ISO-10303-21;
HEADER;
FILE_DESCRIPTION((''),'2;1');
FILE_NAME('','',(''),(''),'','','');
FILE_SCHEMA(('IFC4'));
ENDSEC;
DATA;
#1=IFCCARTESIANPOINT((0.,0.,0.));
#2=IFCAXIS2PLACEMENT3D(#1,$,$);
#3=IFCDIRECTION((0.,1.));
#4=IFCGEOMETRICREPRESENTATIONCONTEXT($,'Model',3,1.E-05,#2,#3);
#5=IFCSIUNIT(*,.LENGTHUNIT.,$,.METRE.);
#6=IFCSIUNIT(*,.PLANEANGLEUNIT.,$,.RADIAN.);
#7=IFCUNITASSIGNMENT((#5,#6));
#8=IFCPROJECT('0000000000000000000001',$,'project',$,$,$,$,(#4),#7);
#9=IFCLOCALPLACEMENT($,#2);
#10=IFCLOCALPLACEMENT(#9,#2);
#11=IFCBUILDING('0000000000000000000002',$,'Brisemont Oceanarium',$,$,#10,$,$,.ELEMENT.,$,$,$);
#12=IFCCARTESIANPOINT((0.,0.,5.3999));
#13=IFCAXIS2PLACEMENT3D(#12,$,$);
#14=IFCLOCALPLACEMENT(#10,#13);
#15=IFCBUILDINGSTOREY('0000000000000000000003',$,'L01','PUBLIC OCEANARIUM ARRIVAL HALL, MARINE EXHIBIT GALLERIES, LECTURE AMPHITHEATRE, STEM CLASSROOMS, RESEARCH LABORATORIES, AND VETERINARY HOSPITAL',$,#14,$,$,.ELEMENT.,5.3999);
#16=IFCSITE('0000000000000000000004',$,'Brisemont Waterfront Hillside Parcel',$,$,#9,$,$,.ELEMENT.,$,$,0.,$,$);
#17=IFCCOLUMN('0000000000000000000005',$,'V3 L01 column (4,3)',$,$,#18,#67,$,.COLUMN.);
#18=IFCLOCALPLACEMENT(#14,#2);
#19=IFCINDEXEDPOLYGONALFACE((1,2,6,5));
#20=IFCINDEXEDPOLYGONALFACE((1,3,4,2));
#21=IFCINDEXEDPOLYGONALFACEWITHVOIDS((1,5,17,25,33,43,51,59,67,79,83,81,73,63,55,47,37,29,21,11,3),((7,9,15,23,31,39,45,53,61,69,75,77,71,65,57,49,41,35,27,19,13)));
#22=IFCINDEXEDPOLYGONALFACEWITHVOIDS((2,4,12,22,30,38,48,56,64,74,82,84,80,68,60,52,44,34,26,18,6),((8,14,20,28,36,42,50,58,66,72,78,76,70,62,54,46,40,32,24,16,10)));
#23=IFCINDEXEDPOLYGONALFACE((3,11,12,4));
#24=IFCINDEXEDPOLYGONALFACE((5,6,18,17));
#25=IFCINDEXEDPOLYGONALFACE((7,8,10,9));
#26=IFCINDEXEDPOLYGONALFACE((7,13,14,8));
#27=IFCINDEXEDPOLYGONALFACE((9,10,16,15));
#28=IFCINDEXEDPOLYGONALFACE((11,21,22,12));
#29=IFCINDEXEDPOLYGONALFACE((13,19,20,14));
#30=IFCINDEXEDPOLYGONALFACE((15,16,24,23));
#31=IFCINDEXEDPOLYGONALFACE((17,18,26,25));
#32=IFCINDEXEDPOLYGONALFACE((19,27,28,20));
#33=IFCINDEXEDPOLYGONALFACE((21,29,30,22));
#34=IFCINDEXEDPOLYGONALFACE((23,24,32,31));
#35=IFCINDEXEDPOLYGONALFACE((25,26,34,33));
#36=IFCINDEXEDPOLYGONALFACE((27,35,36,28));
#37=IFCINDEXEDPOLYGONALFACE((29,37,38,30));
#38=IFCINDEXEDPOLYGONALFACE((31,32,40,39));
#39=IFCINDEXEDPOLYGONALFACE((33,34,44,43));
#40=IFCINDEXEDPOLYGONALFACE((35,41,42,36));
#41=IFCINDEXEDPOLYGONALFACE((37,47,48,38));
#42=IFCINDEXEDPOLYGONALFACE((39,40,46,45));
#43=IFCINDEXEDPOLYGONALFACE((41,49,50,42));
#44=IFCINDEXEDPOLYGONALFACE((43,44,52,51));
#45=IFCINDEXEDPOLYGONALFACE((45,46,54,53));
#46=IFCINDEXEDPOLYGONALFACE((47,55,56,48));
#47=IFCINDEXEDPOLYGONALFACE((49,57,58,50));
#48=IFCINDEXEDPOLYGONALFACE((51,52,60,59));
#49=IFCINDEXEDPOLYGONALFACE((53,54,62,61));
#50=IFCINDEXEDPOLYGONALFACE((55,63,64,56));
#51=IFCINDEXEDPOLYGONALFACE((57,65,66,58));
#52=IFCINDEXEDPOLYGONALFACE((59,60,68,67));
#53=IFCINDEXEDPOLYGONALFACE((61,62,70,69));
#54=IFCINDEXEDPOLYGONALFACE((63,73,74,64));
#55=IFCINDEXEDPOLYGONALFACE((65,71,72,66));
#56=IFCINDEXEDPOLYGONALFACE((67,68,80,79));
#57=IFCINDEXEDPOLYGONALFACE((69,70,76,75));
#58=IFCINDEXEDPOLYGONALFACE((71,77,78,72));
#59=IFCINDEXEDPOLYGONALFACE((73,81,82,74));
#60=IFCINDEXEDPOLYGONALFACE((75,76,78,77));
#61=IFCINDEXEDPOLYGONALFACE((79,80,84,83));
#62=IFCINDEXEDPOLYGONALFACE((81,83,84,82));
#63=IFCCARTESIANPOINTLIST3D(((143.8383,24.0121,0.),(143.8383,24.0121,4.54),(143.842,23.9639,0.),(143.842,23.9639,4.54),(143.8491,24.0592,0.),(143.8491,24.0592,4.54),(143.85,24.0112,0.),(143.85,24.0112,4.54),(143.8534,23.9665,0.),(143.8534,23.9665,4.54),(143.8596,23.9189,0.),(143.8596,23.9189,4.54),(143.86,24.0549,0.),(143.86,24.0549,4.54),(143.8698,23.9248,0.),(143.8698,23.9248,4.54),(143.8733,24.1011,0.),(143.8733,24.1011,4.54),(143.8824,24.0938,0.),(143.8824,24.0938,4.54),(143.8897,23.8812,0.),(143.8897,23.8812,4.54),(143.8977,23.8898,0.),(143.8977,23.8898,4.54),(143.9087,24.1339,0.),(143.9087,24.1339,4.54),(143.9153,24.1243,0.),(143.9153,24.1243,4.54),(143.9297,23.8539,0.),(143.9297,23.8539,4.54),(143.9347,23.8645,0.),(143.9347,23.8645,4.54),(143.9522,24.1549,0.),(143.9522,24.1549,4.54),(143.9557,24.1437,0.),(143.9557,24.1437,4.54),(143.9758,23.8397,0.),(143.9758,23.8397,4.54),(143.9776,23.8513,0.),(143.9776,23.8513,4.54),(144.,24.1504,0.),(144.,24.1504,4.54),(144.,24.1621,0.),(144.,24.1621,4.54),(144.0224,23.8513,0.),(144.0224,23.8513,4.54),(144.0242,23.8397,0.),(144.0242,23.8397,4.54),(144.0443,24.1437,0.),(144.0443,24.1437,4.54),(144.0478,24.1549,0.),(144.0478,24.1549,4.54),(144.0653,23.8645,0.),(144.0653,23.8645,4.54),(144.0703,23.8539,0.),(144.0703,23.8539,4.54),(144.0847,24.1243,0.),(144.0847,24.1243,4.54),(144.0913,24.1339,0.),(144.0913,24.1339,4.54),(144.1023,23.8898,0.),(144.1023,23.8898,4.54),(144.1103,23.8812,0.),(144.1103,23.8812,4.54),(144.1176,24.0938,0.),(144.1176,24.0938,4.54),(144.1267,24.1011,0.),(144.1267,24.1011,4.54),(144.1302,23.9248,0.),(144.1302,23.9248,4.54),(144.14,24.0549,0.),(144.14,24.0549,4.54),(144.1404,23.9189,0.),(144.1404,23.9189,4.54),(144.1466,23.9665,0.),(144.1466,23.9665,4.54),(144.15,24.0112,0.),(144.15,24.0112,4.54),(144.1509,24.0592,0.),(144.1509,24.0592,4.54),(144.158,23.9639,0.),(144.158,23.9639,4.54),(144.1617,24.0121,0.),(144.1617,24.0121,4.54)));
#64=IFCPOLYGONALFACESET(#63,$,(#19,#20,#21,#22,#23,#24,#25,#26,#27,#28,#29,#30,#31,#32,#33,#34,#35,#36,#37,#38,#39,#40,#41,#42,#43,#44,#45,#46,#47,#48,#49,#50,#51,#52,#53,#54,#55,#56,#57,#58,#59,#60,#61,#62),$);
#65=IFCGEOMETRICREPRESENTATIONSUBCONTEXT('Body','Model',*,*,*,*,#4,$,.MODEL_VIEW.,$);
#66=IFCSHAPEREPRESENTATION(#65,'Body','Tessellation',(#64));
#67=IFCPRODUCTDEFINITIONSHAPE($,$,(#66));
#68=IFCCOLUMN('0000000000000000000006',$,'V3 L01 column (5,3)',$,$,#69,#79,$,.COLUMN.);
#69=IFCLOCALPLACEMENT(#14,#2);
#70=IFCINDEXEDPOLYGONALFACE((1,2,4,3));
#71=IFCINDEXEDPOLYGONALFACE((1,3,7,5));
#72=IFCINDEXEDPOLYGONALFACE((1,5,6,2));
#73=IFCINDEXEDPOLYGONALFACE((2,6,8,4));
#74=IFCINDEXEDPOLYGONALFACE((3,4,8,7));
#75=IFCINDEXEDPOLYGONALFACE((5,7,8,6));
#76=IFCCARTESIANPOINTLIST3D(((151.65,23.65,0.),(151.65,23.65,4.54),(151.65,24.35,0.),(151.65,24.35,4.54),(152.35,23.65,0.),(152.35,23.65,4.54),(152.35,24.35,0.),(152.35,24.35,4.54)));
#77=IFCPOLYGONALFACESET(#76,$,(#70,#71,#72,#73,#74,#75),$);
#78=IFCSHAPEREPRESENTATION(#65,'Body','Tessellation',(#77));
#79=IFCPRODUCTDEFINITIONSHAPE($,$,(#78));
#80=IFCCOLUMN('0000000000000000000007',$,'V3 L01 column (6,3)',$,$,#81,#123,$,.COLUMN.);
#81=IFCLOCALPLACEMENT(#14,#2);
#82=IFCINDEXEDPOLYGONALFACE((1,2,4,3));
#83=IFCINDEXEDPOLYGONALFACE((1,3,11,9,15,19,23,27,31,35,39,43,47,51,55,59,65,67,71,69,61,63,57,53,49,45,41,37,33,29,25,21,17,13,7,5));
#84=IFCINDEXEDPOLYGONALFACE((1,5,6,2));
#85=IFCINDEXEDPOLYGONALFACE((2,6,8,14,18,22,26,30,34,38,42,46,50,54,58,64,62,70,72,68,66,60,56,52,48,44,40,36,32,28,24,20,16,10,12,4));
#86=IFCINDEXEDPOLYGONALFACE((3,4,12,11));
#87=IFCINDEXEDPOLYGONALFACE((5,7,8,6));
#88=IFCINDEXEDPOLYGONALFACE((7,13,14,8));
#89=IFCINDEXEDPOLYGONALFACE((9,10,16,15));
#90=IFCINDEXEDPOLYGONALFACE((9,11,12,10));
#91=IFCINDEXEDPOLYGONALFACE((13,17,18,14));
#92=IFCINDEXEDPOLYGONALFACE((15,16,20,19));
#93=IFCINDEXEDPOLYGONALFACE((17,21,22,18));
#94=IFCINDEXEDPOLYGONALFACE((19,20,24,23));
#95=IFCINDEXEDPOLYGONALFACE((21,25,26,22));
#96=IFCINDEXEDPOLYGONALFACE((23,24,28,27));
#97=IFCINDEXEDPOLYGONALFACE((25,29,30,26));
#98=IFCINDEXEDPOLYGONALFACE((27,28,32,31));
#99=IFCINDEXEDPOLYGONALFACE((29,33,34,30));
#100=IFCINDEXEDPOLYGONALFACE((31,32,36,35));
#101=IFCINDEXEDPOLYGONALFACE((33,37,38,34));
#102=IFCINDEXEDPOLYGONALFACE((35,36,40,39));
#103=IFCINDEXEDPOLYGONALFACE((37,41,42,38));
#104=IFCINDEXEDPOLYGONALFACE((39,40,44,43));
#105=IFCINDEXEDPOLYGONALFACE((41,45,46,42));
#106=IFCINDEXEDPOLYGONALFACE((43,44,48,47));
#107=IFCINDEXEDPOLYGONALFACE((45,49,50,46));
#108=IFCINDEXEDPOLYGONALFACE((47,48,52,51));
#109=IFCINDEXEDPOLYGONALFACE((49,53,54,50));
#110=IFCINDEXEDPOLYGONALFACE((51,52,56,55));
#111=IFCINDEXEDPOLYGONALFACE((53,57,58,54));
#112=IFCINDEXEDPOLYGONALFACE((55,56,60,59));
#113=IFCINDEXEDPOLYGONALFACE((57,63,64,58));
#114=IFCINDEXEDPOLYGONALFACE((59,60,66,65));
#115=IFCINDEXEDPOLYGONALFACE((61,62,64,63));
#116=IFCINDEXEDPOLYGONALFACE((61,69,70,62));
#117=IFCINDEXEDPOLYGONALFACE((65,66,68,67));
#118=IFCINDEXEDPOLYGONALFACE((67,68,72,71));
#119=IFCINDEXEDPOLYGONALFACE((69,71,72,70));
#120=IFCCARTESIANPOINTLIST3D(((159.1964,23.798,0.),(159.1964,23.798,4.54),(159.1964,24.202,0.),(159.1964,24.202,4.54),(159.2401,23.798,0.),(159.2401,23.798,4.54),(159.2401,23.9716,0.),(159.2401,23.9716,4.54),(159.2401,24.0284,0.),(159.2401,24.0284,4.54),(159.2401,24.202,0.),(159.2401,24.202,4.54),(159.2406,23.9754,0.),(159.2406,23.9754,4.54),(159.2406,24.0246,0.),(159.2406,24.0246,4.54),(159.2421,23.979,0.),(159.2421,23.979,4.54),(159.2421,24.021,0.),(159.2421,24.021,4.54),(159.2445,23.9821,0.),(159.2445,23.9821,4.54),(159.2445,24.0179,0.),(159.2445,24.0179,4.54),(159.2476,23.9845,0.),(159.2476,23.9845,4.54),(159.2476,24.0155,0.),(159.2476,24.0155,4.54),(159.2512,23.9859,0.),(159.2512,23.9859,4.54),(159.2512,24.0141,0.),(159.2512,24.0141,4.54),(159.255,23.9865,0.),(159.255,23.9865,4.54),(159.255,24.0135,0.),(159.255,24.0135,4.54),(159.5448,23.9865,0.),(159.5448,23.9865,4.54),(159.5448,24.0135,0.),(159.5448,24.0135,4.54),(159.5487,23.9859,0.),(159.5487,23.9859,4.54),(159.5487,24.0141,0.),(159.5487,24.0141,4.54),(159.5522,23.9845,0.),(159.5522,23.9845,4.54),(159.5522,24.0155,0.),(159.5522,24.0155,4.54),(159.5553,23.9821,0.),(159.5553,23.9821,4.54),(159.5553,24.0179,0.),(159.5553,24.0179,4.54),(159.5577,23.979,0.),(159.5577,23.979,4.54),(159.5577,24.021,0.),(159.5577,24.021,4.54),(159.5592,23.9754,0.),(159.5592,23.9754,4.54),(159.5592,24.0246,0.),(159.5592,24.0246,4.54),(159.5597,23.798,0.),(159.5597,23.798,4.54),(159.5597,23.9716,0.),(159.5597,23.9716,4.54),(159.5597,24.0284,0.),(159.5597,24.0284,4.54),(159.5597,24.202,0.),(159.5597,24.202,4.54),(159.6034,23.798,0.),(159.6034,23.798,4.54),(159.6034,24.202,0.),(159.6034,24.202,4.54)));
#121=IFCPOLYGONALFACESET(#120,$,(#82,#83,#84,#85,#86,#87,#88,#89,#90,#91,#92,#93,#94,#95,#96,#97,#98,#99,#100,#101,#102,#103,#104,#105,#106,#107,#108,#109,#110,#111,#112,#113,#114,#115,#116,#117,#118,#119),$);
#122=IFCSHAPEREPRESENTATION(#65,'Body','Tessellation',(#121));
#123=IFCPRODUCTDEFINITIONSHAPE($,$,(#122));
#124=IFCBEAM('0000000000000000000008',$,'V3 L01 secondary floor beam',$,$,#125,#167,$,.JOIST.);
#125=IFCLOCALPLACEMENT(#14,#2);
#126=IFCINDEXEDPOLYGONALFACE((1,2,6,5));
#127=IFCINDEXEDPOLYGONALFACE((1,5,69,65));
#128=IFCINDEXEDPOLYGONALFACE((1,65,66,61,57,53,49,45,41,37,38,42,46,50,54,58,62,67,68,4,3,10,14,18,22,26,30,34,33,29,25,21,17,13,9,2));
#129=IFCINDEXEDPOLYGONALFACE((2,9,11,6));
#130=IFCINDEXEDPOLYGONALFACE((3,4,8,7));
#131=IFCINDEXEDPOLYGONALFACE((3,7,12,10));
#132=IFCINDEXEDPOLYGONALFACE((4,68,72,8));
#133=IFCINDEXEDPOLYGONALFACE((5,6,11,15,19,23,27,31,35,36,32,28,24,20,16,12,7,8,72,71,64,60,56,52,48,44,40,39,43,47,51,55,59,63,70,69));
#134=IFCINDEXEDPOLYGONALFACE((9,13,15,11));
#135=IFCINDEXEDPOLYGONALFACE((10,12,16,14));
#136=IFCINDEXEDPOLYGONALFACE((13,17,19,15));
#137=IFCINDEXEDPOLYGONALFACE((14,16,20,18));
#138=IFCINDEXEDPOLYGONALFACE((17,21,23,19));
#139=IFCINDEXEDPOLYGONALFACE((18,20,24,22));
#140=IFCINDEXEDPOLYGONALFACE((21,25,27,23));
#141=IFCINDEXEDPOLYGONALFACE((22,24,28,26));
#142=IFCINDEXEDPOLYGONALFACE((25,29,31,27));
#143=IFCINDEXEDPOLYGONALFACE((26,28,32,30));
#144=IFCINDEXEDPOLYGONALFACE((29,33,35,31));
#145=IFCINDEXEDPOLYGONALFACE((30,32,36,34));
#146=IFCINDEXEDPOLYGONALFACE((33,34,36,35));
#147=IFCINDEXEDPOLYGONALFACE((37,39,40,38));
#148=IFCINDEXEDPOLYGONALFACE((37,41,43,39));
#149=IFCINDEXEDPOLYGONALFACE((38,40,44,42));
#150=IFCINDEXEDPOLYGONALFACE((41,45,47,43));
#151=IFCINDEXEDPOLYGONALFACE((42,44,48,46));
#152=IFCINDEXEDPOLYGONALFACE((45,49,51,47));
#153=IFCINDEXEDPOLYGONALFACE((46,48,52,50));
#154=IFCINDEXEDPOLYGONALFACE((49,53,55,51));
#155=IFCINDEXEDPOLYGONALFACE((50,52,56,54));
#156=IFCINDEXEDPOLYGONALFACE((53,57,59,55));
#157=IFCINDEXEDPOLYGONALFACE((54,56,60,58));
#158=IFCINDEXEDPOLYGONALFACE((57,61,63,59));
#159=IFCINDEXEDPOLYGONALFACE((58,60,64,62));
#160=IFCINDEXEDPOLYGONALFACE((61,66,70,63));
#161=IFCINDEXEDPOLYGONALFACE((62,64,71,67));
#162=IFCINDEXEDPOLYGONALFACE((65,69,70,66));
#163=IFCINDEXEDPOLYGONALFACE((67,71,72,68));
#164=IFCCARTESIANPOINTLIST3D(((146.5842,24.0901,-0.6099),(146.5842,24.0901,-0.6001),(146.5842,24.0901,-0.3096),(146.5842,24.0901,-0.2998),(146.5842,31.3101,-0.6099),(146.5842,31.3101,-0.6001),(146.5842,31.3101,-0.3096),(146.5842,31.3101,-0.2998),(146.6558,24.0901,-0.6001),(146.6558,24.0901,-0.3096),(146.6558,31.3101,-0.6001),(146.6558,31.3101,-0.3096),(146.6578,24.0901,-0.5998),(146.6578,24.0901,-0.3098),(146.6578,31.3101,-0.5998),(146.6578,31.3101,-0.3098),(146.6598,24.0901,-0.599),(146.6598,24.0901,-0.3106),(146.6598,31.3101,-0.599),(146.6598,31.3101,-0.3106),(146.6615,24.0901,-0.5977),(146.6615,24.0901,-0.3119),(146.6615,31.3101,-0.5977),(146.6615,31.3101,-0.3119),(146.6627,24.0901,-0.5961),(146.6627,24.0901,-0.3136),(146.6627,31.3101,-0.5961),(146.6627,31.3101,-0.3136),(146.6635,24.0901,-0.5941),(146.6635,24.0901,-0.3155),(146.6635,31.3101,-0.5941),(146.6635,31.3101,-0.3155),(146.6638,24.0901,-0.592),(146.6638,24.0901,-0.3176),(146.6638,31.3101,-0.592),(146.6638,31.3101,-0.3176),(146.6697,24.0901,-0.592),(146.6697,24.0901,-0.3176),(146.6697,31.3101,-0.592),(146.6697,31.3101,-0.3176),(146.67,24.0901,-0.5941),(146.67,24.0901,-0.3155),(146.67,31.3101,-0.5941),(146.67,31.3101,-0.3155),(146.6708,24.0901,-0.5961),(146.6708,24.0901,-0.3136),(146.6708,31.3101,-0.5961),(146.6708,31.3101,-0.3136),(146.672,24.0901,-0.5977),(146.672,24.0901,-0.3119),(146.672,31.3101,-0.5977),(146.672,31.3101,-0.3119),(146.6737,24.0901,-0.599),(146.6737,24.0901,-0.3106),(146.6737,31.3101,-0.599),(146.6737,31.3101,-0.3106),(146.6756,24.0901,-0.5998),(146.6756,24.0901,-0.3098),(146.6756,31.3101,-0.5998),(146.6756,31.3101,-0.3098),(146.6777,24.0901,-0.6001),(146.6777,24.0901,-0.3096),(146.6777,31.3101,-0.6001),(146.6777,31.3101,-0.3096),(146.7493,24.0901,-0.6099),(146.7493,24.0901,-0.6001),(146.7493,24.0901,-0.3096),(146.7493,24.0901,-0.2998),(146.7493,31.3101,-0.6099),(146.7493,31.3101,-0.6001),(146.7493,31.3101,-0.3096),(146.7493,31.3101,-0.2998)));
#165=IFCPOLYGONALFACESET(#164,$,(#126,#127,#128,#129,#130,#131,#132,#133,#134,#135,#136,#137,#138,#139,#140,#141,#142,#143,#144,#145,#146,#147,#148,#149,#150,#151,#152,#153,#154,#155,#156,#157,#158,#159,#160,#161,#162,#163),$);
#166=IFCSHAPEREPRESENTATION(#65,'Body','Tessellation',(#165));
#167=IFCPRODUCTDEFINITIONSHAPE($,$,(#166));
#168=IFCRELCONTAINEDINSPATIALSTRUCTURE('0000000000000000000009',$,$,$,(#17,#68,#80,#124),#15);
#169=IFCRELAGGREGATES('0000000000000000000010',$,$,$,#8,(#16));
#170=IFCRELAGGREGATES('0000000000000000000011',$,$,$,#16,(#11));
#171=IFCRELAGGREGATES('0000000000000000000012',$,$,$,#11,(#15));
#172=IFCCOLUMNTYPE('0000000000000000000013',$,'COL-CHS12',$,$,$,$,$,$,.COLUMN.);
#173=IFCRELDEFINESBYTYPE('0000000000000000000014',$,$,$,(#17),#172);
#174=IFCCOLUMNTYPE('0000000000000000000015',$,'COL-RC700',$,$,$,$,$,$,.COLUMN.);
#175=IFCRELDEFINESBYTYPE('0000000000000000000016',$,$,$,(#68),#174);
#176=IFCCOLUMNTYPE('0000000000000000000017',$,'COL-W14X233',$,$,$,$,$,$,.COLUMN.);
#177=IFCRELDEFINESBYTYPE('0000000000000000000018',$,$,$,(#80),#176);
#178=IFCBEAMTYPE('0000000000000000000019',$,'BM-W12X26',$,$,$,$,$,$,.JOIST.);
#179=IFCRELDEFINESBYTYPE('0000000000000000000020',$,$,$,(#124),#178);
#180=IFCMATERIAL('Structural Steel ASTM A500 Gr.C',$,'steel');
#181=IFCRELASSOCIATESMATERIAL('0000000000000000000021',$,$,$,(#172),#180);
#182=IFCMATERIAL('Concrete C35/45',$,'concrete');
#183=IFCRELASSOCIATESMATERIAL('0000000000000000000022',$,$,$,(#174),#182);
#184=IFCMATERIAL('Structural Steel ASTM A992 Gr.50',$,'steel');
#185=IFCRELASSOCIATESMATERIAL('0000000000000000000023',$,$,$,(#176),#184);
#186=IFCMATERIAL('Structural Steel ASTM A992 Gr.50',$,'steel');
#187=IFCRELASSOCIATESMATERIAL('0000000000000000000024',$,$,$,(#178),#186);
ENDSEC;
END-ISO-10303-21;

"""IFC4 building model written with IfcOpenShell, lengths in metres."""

from ifc_helpers import new_model, si_unit, direction, frame, origin, origin_2d, place, context, subcontext, project, spatial, rectangle, hollow_circle, i_section, extrude, material, material_profile, profile_set, type_object, element, save


model = new_model("IFC4")

# Units and contexts
model_context = context("Model", 3, precision=1e-05, world=origin(), true_north=direction((0.0, 1.0)))
body_context = subcontext(model_context, "Body", "Model", "MODEL_VIEW")
ifc_project = project(units=[si_unit("LENGTHUNIT", "METRE"), si_unit("PLANEANGLEUNIT", "RADIAN")], contexts=[model_context])

# Site, building, storey
site_placement = place(None, origin())
site = spatial("IfcSite", under=ifc_project, at=site_placement, Name="Brisemont Waterfront Hillside Parcel", CompositionType="ELEMENT", RefElevation=0.0)
building_placement = place(site_placement, origin())
building = spatial("IfcBuilding", under=site, at=building_placement, Name="Brisemont Oceanarium", CompositionType="ELEMENT")
storey_placement = place(building_placement, frame((0.0, 0.0, 5.3999)))
storey = spatial("IfcBuildingStorey", under=building, at=storey_placement, Name="L01", Description="PUBLIC OCEANARIUM ARRIVAL HALL, MARINE EXHIBIT GALLERIES, LECTURE AMPHITHEATRE, STEM CLASSROOMS, RESEARCH LABORATORIES, AND VETERINARY HOSPITAL", CompositionType="ELEMENT", Elevation=5.3999)

# Columns
ifc_material_1 = material(Name="Structural Steel ASTM A500 Gr.C", Category="steel")
ifc_material_profile_1 = material_profile(ifc_material_1, hollow_circle(Radius=0.1621, WallThickness=0.0117, at=origin_2d()), Name="HSS12.750X0.500")
ifc_profile_set_1 = profile_set([ifc_material_profile_1], Name="Structural Steel ASTM A500 Gr.C")
column_type_1 = type_object("IfcColumnType", Name="COL-CHS12", PredefinedType="COLUMN", material=ifc_profile_set_1)
column_1_placement = place(storey_placement, frame((144.0, 24.0, 0.0), z_axis=(0.0, 0.0, 1.0), x_axis=(0.0, 1.0, 0.0)))
element("IfcColumn", 1, at=column_1_placement, inside=storey, type_object=column_type_1, Name="V3 L01 column (4,3)", PredefinedType="COLUMN", context=body_context, shape_type="SweptSolid", body=[
    extrude(hollow_circle(Radius=0.1621, WallThickness=0.0117, at=origin_2d()), origin(), (0.0, 0.0, 1.0), 4.54),
])
ifc_material_2 = material(Name="Concrete C35/45", Category="concrete")
ifc_material_profile_2 = material_profile(ifc_material_2, rectangle(XDim=0.7, YDim=0.7, at=origin_2d()), Name="RC-COL-700X700")
ifc_profile_set_2 = profile_set([ifc_material_profile_2], Name="Concrete C35/45")
column_type_2 = type_object("IfcColumnType", Name="COL-RC700", PredefinedType="COLUMN", material=ifc_profile_set_2)
column_2_placement = place(storey_placement, frame((152.0, 24.0, 0.0), z_axis=(0.0, 0.0, 1.0), x_axis=(1.0, 0.0, 0.0)))
element("IfcColumn", 2, at=column_2_placement, inside=storey, type_object=column_type_2, Name="V3 L01 column (5,3)", PredefinedType="COLUMN", context=body_context, shape_type="SweptSolid", body=[
    extrude(rectangle(XDim=0.7, YDim=0.7, at=origin_2d()), origin(), (0.0, 0.0, 1.0), 4.54),
])
ifc_material_3 = material(Name="Structural Steel ASTM A992 Gr.50", Category="steel")
ifc_material_profile_3 = material_profile(ifc_material_3, i_section(OverallWidth=0.4041, OverallDepth=0.407, WebThickness=0.0271, FlangeThickness=0.0437, FilletRadius=0.0149, at=origin_2d()), Name="W14X233")
ifc_profile_set_3 = profile_set([ifc_material_profile_3], Name="Structural Steel ASTM A992 Gr.50")
column_type_3 = type_object("IfcColumnType", Name="COL-W14X233", PredefinedType="COLUMN", material=ifc_profile_set_3)
column_3_placement = place(storey_placement, frame((159.3999, 24.0, 0.0), z_axis=(0.0, 0.0, 1.0), x_axis=(0.0, 1.0, 0.0)))
element("IfcColumn", 3, at=column_3_placement, inside=storey, type_object=column_type_3, Name="V3 L01 column (6,3)", PredefinedType="COLUMN", context=body_context, shape_type="SweptSolid", body=[
    extrude(i_section(OverallWidth=0.4041, OverallDepth=0.407, WebThickness=0.0271, FlangeThickness=0.0437, FilletRadius=0.0149, at=origin_2d()), origin(), (0.0, 0.0, 1.0), 4.54),
])

# Beam
ifc_material_4 = material(Name="Structural Steel ASTM A992 Gr.50", Category="steel")
ifc_material_profile_4 = material_profile(ifc_material_4, i_section(OverallWidth=0.165, OverallDepth=0.3101, WebThickness=0.0059, FlangeThickness=0.0098, FilletRadius=0.0081, at=origin_2d()), Name="W12X26")
ifc_profile_set_4 = profile_set([ifc_material_profile_4], Name="Structural Steel ASTM A992 Gr.50")
beam_type_1 = type_object("IfcBeamType", Name="BM-W12X26", PredefinedType="JOIST", material=ifc_profile_set_4)
beam_1_placement = place(storey_placement, frame((146.6667, 24.0901, -0.4548), z_axis=(0.0, 1.0, 0.0), x_axis=(-1.0, 0.0, 0.0)))
element("IfcBeam", 4, at=beam_1_placement, inside=storey, type_object=beam_type_1, Name="V3 L01 secondary floor beam", PredefinedType="JOIST", context=body_context, shape_type="SweptSolid", body=[
    extrude(i_section(OverallWidth=0.165, OverallDepth=0.3101, WebThickness=0.0059, FlangeThickness=0.0098, FilletRadius=0.0081, at=origin_2d()), origin(), (0.0, 0.0, 1.0), 7.22),
])

save(model, "model.ifc")
